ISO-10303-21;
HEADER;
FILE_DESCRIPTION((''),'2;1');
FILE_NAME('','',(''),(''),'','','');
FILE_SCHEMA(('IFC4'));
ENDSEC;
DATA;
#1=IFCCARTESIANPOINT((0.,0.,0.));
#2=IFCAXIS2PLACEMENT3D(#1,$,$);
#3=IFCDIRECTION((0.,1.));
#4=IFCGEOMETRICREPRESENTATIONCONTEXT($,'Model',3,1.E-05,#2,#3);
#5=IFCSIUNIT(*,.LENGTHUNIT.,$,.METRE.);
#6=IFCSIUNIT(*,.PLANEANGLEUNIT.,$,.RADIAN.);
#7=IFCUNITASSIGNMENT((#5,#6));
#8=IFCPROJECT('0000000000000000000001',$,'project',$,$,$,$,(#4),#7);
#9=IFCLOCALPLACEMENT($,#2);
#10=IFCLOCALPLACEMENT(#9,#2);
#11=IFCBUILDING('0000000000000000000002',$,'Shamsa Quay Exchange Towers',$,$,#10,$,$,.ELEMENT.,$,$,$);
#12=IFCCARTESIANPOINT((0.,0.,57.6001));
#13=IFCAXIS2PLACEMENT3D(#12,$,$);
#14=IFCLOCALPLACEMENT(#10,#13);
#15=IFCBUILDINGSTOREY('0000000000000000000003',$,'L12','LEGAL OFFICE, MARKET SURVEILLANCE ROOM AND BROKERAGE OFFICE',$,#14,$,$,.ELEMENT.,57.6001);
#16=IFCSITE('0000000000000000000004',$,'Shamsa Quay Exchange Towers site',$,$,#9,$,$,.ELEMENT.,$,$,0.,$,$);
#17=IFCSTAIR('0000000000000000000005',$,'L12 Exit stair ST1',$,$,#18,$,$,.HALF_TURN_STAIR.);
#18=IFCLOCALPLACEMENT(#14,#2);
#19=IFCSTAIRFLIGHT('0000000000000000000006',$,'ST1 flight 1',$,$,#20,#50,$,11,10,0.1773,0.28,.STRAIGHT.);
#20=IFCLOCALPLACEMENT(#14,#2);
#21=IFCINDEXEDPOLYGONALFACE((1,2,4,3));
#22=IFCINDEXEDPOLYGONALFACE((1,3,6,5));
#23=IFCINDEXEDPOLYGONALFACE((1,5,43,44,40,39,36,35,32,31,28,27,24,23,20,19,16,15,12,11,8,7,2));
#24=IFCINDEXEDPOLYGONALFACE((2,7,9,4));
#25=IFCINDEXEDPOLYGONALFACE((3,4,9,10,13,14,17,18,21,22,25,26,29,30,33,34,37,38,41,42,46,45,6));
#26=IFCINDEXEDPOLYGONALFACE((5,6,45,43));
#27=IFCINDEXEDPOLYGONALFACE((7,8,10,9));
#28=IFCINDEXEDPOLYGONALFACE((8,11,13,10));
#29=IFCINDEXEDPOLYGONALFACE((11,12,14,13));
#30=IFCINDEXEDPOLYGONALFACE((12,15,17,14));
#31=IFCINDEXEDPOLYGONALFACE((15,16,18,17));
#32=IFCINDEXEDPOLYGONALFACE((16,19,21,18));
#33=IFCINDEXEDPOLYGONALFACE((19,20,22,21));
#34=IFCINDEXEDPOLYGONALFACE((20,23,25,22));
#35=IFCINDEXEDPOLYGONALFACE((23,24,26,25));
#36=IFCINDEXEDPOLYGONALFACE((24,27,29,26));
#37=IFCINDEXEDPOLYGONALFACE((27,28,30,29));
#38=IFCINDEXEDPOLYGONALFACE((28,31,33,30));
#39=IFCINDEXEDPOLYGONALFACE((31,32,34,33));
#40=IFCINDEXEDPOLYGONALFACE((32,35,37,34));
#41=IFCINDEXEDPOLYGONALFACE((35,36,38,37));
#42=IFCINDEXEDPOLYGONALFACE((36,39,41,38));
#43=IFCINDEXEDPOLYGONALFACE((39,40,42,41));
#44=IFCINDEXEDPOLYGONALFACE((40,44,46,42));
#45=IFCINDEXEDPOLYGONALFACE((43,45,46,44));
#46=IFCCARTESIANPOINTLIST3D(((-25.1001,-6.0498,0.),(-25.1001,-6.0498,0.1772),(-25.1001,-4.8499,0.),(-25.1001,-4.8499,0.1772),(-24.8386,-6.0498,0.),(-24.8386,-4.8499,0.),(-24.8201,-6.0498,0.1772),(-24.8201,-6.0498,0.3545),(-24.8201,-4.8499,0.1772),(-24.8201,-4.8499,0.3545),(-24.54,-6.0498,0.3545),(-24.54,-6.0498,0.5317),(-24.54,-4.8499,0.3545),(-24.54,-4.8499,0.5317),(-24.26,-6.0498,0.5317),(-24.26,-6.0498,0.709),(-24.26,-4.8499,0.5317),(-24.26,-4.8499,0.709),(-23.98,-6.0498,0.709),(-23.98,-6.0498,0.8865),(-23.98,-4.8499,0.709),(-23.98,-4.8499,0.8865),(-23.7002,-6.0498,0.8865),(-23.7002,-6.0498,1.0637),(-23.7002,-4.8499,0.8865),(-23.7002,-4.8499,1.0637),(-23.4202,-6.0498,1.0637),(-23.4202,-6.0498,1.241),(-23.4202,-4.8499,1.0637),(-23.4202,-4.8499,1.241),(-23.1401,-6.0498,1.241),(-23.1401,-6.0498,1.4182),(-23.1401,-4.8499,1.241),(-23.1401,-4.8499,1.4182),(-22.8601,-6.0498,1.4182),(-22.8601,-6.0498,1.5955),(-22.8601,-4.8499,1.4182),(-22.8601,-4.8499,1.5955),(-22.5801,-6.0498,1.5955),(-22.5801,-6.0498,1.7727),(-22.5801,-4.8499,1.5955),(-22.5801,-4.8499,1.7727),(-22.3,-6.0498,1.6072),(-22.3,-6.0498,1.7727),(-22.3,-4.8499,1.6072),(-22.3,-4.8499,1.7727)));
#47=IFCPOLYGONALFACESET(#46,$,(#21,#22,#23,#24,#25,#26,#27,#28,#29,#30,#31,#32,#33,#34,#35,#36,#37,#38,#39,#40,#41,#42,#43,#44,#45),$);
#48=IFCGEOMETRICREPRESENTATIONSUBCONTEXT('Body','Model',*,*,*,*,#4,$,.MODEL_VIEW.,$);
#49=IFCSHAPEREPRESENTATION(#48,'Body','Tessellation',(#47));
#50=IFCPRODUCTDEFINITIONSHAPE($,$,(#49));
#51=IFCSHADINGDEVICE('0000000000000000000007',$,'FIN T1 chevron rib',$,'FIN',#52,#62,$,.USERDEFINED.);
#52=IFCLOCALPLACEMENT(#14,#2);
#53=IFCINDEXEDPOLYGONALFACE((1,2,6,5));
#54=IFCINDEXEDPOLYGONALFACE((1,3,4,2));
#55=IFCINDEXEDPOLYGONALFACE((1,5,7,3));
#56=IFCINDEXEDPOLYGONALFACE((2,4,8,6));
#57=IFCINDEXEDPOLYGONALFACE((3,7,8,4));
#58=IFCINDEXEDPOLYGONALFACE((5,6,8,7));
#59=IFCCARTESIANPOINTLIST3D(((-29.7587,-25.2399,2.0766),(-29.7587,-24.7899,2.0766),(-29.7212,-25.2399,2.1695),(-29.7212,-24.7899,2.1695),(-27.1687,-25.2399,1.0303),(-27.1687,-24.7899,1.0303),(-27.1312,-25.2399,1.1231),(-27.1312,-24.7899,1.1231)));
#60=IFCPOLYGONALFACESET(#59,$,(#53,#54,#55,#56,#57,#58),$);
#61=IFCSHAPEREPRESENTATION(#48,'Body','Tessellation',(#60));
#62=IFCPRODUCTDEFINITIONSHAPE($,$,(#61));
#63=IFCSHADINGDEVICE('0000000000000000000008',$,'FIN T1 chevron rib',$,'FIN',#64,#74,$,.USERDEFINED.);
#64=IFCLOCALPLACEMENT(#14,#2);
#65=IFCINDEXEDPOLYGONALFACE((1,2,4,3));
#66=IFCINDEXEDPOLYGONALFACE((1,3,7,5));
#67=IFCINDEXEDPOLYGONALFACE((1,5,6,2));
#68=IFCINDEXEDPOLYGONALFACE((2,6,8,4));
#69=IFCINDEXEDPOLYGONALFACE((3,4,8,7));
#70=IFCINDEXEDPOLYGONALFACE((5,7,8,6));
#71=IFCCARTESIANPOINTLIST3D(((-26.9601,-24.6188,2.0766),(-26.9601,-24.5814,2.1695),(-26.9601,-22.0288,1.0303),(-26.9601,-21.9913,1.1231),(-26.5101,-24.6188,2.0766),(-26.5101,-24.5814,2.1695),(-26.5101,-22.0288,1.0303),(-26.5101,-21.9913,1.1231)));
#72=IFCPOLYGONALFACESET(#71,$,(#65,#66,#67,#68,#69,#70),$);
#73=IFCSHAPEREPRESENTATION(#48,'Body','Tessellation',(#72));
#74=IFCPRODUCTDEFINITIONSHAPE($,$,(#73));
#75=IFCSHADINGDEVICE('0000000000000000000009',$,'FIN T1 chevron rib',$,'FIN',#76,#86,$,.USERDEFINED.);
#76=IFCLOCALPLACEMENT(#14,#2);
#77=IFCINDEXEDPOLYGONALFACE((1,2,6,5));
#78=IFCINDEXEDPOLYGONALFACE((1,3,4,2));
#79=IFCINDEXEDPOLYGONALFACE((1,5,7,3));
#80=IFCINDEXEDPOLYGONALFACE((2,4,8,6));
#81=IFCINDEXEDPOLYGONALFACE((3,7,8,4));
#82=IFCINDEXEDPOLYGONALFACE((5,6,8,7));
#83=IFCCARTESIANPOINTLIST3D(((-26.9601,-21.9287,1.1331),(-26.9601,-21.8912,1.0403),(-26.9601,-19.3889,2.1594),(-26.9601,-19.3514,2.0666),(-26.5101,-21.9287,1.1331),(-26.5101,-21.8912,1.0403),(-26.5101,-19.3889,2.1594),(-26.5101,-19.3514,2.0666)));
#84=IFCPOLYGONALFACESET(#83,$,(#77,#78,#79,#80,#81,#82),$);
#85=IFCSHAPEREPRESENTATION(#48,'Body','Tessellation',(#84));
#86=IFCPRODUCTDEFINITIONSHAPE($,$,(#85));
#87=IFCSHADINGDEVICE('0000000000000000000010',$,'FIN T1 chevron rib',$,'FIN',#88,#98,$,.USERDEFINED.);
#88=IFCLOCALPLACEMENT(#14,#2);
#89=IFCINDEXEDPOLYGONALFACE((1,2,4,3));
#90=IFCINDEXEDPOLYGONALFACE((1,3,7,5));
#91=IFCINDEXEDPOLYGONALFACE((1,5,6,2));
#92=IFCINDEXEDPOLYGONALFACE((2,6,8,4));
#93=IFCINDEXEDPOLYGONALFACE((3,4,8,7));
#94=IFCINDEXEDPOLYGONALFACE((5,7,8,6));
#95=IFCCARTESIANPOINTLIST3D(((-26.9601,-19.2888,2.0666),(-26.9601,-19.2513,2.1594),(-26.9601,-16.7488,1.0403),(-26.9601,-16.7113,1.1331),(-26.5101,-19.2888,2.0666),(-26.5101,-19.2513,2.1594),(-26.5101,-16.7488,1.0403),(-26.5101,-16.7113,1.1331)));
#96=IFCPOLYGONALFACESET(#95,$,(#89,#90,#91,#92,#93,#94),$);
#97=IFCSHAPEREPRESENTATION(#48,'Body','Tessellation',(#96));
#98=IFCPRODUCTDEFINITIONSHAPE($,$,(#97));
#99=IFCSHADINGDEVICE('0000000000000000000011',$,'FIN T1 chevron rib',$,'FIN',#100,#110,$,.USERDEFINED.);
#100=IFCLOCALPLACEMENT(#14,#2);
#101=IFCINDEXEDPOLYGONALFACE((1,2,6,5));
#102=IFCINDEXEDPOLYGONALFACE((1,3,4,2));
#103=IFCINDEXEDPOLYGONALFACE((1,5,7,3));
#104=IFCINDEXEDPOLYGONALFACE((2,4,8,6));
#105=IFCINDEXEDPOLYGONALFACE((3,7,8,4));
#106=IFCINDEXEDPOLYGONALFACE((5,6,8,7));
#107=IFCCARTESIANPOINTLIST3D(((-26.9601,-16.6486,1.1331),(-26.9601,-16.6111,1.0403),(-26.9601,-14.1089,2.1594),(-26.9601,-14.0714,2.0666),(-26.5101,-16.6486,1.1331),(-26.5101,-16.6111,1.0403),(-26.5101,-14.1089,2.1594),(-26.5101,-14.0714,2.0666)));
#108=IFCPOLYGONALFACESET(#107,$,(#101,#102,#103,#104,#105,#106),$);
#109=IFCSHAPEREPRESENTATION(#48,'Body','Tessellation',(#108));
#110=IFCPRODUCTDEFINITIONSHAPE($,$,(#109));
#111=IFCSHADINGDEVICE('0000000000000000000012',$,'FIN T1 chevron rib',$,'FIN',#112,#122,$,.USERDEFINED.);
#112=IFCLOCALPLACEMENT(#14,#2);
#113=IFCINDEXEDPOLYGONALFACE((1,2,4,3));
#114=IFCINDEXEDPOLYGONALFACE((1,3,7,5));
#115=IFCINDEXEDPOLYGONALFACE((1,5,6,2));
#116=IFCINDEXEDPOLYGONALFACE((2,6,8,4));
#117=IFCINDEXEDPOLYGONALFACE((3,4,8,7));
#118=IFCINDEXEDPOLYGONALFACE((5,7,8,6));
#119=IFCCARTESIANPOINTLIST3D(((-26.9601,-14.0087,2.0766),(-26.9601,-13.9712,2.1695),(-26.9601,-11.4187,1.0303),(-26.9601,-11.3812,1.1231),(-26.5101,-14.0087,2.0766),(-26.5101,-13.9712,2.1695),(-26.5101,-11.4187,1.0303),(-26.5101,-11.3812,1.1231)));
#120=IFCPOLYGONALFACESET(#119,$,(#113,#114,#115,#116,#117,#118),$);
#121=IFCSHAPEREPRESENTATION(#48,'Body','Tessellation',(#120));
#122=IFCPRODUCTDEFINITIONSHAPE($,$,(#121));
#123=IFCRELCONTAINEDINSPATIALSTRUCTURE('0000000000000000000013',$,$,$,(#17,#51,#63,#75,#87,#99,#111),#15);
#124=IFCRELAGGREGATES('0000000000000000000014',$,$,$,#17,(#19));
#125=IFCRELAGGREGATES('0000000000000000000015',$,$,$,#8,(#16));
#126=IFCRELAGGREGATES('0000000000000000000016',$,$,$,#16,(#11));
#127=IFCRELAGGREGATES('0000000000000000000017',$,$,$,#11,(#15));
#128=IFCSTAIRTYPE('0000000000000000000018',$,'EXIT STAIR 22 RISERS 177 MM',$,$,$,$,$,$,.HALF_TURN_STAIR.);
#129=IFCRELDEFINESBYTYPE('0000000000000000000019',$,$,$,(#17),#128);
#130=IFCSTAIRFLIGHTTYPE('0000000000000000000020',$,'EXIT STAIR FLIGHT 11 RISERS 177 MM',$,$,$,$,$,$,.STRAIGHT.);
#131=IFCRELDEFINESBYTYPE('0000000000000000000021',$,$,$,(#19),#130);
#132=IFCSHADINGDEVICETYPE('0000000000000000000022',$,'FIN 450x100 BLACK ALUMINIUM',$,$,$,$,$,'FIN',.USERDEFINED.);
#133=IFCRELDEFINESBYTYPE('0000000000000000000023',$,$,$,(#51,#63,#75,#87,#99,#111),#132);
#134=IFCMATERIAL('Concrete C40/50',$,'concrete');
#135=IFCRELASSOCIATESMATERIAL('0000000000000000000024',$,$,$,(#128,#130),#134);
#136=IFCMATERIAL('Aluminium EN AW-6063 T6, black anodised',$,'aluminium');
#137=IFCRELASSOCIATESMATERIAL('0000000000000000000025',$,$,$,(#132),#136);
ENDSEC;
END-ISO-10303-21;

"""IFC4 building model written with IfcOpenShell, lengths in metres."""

from ifc_helpers import new_model, si_unit, direction, frame, origin, origin_2d, place, context, subcontext, project, spatial, polyline, rectangle, outline, extrude, material, material_profile, profile_set, type_object, element, aggregate, save


model = new_model("IFC4")

# Units and contexts
model_context = context("Model", 3, precision=1e-05, world=origin(), true_north=direction((0.0, 1.0)))
body_context = subcontext(model_context, "Body", "Model", "MODEL_VIEW")
ifc_project = project(units=[si_unit("LENGTHUNIT", "METRE"), si_unit("PLANEANGLEUNIT", "RADIAN")], contexts=[model_context])

# Site, building, storey
site_placement = place(None, origin())
site = spatial("IfcSite", under=ifc_project, at=site_placement, Name="Shamsa Quay Exchange Towers site", CompositionType="ELEMENT", RefElevation=0.0)
building_placement = place(site_placement, origin())
building = spatial("IfcBuilding", under=site, at=building_placement, Name="Shamsa Quay Exchange Towers", CompositionType="ELEMENT")
storey_placement = place(building_placement, frame((0.0, 0.0, 57.6001)))
storey = spatial("IfcBuildingStorey", under=building, at=storey_placement, Name="L12", Description="LEGAL OFFICE, MARKET SURVEILLANCE ROOM AND BROKERAGE OFFICE", CompositionType="ELEMENT", Elevation=57.6001)

# Shared definitions
ifc_material_1 = material(Name="Aluminium EN AW-6063 T6, black anodised", Category="aluminium")

# Stair, stair flight
ifc_material_2 = material(Name="Concrete C40/50", Category="concrete")
stair_type = type_object("IfcStairType", Name="EXIT STAIR 22 RISERS 177 MM", PredefinedType="HALF_TURN_STAIR", material=ifc_material_2)
stair_placement = place(storey_placement, origin())
stair = element("IfcStair", 1, at=stair_placement, inside=storey, type_object=stair_type, Name="L12 Exit stair ST1", PredefinedType="HALF_TURN_STAIR")
stair_flight_type = type_object("IfcStairFlightType", Name="EXIT STAIR FLIGHT 11 RISERS 177 MM", PredefinedType="STRAIGHT", material=ifc_material_2)
stair_flight_placement = place(storey_placement, frame((-25.1001, -5.45, 0.0)))
stair_flight = element("IfcStairFlight", 2, at=stair_flight_placement, type_object=stair_flight_type, Name="ST1 flight 1", NumberOfRisers=11, NumberOfTreads=10, PredefinedType="STRAIGHT", RiserHeight=0.1773, TreadLength=0.28, context=body_context, shape_type="SweptSolid", body=[
    extrude(outline(polyline([(0.0, 0.0), (0.0, 0.1772), (0.28, 0.1772), (0.28, 0.3545), (0.5601, 0.3545), (0.5601, 0.5317), (0.8401, 0.5317), (0.8401, 0.709), (1.1201, 0.709), (1.1201, 0.8865), (1.3999, 0.8865), (1.3999, 1.0637), (1.6799, 1.0637), (1.6799, 1.241), (1.96, 1.241), (1.96, 1.4182), (2.24, 1.4182), (2.24, 1.5955), (2.52, 1.5955), (2.52, 1.7727), (2.8, 1.7727), (2.8, 1.95), (2.8, 1.6072), (0.2615, 0.0), (0.0, 0.0)])), frame((0.0, 0.6001, 0.0), z_axis=(0.0, -1.0, 0.0), x_axis=(1.0, 0.0, 0.0)), (0.0, 0.0, 1.0), 1.2),
])
aggregate(stair, [stair_flight])

# Shading devices
ifc_material_profile_1 = material_profile(ifc_material_1, rectangle(XDim=0.45, YDim=0.1001, at=origin_2d()), Name="FIN450x100")
ifc_profile_set_1 = profile_set([ifc_material_profile_1], Name="Aluminium EN AW-6063 T6, black anodised")
shading_device_type = type_object("IfcShadingDeviceType", Name="FIN 450x100 BLACK ALUMINIUM", ElementType="FIN", PredefinedType="USERDEFINED", material=ifc_profile_set_1)
for number, where, z_axis, x_axis, name in (
    (3, (-29.74, -25.0149, 2.123), (0.927193, 0.0, -0.374583), (0.0, 1.0, 0.0), "FIN T1 chevron rib"),
    (4, (-26.7351, -24.6001, 2.123), (0.0, 0.927193, -0.374583), (-1.0, 0.0, 0.0), "FIN T1 chevron rib"),
):
    element("IfcShadingDevice", number, at=place(storey_placement, frame(where, z_axis=z_axis, x_axis=x_axis)), inside=storey, type_object=shading_device_type, Name=name, ObjectType="FIN", PredefinedType="USERDEFINED", context=body_context, shape_type="SweptSolid", body=[
        extrude(rectangle(XDim=0.45, YDim=0.1001, at=origin_2d()), origin(), (0.0, 0.0, 1.0), 2.7935),
    ])
shading_device_1_placement = place(storey_placement, frame((-26.7351, -21.9099, 1.0867), z_axis=(0.0, 0.927156, 0.374677), x_axis=(-1.0, 0.0, 0.0)))
element("IfcShadingDevice", 5, at=shading_device_1_placement, inside=storey, type_object=shading_device_type, Name="FIN T1 chevron rib", ObjectType="FIN", PredefinedType="USERDEFINED", context=body_context, shape_type="SweptSolid", body=[
    extrude(rectangle(XDim=0.45, YDim=0.1001, at=origin_2d()), origin(), (0.0, 0.0, 1.0), 2.7393),
])
shading_device_2_placement = place(storey_placement, frame((-26.7351, -19.27, 2.113), z_axis=(0.0, 0.927168, -0.374646), x_axis=(-1.0, 0.0, 0.0)))
element("IfcShadingDevice", 6, at=shading_device_2_placement, inside=storey, type_object=shading_device_type, Name="FIN T1 chevron rib", ObjectType="FIN", PredefinedType="USERDEFINED", context=body_context, shape_type="SweptSolid", body=[
    extrude(rectangle(XDim=0.45, YDim=0.1001, at=origin_2d()), origin(), (0.0, 0.0, 1.0), 2.7395),
])
shading_device_3_placement = place(storey_placement, frame((-26.7351, -16.6299, 1.0867), z_axis=(0.0, 0.927156, 0.374677), x_axis=(-1.0, 0.0, 0.0)))
element("IfcShadingDevice", 7, at=shading_device_3_placement, inside=storey, type_object=shading_device_type, Name="FIN T1 chevron rib", ObjectType="FIN", PredefinedType="USERDEFINED", context=body_context, shape_type="SweptSolid", body=[
    extrude(rectangle(XDim=0.45, YDim=0.1001, at=origin_2d()), origin(), (0.0, 0.0, 1.0), 2.7393),
])
shading_device_4_placement = place(storey_placement, frame((-26.7351, -13.99, 2.123), z_axis=(0.0, 0.927193, -0.374583), x_axis=(-1.0, 0.0, 0.0)))
element("IfcShadingDevice", 8, at=shading_device_4_placement, inside=storey, type_object=shading_device_type, Name="FIN T1 chevron rib", ObjectType="FIN", PredefinedType="USERDEFINED", context=body_context, shape_type="SweptSolid", body=[
    extrude(rectangle(XDim=0.45, YDim=0.1001, at=origin_2d()), origin(), (0.0, 0.0, 1.0), 2.7935),
])

save(model, "model.ifc")
